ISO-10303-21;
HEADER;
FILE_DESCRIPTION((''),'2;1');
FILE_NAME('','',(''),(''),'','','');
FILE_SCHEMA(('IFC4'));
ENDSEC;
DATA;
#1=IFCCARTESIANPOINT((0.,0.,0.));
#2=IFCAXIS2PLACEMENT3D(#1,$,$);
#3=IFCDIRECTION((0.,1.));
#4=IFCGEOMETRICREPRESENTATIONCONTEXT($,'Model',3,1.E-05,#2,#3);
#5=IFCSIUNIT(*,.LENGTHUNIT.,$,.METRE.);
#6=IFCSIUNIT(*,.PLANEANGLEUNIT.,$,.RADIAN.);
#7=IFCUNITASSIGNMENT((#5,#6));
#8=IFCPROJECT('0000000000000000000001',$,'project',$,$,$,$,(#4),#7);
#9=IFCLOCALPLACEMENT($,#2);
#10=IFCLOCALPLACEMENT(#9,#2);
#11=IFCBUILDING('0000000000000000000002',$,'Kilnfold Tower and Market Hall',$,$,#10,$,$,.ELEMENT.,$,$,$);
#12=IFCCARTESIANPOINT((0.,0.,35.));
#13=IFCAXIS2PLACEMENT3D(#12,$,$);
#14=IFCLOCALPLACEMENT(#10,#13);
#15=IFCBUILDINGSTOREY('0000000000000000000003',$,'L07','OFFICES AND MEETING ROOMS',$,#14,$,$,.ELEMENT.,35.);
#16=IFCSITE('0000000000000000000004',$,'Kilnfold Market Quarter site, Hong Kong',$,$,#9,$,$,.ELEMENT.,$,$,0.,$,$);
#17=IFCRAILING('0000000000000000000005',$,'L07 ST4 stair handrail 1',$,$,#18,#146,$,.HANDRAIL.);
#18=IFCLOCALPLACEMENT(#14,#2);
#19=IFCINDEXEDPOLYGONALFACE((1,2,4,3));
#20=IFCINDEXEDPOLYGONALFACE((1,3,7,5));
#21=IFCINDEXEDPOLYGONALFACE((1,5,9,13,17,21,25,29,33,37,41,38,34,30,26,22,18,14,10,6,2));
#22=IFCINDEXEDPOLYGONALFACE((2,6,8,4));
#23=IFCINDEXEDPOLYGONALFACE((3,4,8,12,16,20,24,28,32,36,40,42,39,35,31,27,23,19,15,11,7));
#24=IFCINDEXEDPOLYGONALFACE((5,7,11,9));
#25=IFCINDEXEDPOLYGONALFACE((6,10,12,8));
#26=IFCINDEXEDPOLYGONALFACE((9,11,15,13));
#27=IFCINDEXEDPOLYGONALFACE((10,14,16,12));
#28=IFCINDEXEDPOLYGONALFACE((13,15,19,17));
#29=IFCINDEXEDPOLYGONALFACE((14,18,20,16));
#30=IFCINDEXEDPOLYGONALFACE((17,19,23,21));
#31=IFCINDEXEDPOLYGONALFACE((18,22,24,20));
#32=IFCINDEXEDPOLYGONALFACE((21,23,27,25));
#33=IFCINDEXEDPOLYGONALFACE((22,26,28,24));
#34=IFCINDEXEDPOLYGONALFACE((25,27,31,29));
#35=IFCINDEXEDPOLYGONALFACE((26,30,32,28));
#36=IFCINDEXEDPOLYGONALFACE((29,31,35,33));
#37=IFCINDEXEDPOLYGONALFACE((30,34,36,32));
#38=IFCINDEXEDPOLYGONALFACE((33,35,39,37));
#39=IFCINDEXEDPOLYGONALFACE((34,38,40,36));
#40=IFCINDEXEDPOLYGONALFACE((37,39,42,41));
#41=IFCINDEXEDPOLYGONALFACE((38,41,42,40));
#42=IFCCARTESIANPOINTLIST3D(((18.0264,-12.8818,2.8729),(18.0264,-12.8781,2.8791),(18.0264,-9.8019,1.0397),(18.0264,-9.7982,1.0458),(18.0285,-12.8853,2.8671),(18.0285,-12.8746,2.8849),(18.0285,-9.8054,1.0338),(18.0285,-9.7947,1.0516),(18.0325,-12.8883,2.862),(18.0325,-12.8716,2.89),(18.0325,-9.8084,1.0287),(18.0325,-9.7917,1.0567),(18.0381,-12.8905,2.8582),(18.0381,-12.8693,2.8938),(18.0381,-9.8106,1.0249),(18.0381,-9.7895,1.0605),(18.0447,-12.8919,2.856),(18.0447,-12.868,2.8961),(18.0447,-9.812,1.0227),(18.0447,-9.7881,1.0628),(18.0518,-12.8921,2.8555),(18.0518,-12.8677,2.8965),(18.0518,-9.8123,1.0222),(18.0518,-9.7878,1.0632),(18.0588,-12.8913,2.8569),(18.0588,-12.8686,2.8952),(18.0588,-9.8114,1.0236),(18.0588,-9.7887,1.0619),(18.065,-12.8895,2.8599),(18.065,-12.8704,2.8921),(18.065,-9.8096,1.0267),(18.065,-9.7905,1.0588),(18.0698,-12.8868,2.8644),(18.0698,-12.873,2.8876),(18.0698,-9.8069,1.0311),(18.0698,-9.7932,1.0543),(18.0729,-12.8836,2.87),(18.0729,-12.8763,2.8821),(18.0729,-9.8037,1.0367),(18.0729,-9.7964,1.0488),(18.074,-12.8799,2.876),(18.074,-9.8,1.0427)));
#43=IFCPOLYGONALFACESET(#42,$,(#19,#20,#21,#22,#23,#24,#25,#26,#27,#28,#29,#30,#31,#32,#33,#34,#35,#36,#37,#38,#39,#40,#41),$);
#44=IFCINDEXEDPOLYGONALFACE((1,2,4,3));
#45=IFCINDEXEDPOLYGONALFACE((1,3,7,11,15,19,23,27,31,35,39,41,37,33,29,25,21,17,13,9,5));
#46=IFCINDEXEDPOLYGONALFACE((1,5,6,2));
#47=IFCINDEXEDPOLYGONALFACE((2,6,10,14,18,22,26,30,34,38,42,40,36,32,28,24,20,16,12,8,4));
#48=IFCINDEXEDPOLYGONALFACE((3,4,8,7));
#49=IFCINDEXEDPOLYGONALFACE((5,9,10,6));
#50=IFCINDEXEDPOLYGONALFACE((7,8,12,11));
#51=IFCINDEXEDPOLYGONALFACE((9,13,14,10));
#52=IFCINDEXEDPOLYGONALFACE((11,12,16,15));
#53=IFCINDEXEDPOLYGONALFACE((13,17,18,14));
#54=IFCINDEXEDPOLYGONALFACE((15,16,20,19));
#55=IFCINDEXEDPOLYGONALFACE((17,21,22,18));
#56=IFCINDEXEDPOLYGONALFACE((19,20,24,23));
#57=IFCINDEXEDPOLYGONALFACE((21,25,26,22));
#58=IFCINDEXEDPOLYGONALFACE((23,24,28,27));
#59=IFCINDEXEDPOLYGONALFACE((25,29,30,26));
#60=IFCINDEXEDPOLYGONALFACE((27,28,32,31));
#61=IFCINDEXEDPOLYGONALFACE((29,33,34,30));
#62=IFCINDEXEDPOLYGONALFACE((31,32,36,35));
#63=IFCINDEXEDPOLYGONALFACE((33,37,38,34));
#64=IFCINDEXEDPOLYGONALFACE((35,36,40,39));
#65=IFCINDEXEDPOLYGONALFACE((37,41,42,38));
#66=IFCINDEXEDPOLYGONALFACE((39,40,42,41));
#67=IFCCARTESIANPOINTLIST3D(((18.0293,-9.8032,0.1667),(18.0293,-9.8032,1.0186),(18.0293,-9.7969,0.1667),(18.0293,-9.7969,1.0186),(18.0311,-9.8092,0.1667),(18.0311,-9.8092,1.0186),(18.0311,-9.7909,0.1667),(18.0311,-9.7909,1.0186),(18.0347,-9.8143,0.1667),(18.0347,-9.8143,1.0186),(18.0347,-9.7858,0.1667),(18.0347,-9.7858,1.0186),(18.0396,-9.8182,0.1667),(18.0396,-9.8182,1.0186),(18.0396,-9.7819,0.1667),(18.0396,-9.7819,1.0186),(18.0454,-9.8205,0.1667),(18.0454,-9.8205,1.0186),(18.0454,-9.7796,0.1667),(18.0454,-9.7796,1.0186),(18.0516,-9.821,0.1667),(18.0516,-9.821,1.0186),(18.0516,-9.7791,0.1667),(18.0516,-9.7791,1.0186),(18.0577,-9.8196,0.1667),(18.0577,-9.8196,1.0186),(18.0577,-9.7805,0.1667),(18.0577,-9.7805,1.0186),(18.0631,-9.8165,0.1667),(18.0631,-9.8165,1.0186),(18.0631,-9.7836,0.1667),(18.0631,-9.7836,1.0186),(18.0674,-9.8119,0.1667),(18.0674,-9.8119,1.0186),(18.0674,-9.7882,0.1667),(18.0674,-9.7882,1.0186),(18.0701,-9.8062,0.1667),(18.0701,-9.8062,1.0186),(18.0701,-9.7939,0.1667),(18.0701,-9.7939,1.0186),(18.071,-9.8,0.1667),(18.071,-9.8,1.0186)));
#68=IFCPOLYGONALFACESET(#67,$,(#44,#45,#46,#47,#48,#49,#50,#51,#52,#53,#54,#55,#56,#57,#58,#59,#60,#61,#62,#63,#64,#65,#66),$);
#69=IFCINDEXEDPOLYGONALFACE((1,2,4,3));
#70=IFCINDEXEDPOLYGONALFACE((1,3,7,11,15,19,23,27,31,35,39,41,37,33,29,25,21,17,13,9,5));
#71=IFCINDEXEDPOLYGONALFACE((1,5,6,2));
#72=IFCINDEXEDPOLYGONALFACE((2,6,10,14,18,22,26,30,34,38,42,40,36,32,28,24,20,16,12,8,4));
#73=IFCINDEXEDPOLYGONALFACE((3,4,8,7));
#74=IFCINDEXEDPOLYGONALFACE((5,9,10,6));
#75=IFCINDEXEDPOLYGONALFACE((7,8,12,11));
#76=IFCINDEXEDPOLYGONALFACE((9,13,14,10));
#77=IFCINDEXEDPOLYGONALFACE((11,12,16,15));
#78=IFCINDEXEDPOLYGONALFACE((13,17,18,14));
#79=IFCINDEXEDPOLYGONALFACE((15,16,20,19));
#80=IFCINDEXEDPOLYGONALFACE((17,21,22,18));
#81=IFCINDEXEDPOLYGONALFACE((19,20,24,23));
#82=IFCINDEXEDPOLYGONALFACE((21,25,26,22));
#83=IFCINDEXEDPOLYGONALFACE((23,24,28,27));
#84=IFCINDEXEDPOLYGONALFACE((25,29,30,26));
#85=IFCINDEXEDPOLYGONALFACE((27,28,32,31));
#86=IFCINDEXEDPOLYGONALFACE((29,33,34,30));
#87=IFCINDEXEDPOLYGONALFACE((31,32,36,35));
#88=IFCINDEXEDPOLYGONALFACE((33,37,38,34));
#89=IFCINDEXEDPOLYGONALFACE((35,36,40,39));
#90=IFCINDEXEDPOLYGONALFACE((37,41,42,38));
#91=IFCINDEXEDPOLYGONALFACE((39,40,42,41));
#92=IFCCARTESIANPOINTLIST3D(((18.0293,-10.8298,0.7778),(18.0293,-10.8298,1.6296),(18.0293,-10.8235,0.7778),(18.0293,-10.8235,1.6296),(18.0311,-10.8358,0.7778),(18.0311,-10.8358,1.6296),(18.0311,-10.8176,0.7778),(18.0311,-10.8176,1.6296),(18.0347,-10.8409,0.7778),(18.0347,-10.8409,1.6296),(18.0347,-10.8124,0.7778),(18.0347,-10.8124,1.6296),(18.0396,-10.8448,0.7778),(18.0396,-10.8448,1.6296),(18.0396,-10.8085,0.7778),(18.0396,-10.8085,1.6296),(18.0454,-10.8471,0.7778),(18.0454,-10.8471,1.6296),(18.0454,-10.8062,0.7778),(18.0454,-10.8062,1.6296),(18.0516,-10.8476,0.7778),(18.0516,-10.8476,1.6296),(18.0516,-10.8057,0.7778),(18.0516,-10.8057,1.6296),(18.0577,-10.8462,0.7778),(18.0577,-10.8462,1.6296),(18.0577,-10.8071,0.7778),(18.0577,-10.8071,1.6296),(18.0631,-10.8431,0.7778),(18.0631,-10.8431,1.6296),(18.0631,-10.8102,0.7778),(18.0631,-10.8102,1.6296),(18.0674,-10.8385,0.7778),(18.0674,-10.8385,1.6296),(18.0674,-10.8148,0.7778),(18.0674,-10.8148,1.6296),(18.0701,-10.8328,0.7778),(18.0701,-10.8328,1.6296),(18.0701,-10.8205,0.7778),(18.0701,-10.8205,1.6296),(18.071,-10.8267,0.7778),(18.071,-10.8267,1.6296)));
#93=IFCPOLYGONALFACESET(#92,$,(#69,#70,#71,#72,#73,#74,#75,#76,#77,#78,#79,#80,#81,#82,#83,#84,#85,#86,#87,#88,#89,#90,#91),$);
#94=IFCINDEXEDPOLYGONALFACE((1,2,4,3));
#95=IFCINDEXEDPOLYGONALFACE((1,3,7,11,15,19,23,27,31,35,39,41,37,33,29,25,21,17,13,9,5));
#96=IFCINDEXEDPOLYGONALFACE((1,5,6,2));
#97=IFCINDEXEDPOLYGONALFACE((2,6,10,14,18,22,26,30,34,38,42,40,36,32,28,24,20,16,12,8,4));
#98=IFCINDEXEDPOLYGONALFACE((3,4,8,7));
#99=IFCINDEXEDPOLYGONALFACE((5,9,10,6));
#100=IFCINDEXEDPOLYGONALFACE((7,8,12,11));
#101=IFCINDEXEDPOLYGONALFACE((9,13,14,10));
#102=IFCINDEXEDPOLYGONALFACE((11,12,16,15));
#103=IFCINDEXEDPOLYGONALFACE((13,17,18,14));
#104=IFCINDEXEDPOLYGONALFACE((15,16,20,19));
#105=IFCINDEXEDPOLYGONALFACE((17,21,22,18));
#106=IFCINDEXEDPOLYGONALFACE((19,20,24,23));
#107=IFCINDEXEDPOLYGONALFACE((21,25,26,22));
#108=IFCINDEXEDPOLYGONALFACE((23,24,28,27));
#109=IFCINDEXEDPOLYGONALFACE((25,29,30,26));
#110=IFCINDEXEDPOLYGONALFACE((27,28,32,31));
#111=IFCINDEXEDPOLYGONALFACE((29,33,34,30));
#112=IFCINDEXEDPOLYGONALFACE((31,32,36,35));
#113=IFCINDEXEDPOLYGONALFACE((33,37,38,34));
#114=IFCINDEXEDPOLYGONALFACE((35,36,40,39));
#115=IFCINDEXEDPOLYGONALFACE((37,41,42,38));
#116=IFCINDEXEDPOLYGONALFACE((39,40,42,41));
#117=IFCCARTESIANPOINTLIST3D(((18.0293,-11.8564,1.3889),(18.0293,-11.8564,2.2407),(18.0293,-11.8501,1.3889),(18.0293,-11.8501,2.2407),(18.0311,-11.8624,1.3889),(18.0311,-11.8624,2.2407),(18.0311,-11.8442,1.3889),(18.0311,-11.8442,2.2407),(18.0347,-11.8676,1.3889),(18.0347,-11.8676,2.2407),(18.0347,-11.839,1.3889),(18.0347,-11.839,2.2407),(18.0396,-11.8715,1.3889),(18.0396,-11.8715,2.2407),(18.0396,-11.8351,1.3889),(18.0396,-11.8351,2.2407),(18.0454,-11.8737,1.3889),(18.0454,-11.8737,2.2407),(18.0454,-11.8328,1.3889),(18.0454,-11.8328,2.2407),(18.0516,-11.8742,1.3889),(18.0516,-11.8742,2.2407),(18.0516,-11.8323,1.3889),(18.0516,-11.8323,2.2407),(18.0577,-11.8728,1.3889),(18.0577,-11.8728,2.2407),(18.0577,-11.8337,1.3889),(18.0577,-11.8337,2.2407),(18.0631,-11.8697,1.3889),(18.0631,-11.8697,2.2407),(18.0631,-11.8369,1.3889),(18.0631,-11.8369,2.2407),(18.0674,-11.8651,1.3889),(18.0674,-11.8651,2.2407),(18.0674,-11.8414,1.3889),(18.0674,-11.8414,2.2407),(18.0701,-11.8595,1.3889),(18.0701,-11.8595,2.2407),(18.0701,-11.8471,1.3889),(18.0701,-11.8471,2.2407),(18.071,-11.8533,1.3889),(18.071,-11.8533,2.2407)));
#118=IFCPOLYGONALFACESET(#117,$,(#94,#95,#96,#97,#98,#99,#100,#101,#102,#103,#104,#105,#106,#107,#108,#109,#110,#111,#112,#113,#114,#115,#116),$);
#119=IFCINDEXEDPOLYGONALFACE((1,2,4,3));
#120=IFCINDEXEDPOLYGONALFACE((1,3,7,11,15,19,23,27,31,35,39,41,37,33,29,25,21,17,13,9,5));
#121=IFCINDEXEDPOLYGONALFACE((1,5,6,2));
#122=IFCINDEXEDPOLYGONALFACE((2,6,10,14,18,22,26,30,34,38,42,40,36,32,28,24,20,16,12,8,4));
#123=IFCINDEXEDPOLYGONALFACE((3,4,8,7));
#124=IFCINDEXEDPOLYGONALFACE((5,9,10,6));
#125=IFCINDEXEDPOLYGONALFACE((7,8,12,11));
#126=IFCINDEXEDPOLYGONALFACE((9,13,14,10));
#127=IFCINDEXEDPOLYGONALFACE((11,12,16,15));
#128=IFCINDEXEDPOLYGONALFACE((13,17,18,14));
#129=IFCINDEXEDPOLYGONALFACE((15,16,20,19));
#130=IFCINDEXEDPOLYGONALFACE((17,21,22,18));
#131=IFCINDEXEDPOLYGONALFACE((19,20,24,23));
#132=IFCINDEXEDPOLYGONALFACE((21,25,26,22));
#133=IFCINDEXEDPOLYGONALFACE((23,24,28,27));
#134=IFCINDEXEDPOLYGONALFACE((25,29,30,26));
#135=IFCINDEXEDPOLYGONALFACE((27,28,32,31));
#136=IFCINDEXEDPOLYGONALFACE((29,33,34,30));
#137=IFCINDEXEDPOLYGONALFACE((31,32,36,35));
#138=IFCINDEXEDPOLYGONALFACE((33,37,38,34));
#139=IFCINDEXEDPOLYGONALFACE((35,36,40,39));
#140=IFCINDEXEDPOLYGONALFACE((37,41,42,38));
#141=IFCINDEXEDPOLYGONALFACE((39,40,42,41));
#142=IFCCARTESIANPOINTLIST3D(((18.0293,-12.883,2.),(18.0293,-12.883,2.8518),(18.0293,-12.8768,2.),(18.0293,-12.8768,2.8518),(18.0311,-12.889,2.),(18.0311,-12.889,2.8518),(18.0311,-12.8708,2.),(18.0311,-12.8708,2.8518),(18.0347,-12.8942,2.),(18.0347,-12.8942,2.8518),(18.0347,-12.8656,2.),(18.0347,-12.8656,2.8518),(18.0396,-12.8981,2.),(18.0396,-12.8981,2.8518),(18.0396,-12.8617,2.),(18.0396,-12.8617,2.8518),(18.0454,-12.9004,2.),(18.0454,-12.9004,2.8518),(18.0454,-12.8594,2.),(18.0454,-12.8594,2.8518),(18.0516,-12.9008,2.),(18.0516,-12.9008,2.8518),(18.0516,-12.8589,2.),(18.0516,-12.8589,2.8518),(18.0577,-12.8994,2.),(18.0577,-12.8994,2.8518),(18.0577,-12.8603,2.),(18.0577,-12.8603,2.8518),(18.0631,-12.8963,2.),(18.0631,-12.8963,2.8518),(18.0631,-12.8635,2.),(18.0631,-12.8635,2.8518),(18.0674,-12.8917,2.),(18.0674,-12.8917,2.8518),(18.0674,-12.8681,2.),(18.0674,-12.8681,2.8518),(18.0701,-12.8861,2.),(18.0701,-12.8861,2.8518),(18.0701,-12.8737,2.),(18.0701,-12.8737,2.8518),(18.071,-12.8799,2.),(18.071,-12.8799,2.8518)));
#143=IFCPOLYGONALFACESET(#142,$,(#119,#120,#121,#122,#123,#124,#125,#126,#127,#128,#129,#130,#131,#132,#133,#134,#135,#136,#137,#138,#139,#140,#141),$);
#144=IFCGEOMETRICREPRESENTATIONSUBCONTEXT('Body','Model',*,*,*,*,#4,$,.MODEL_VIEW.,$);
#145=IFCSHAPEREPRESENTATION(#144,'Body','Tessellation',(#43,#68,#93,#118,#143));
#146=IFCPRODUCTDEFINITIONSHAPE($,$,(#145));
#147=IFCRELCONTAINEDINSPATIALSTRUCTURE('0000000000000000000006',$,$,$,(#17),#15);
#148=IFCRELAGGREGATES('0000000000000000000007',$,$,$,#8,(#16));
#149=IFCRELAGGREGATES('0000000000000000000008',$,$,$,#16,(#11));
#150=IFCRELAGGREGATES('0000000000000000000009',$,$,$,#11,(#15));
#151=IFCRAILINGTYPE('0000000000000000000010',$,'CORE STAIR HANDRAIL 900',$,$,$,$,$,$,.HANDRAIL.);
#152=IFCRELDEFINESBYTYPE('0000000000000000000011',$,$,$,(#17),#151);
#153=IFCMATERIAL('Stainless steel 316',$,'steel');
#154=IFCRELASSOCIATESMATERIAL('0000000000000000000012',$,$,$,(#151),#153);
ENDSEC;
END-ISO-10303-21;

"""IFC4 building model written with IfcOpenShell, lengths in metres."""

from ifc_helpers import new_model, si_unit, direction, frame, origin, origin_2d, place, context, subcontext, project, spatial, circle, extrude, material, type_object, element, save


model = new_model("IFC4")

# Units and contexts
model_context = context("Model", 3, precision=1e-05, world=origin(), true_north=direction((0.0, 1.0)))
body_context = subcontext(model_context, "Body", "Model", "MODEL_VIEW")
ifc_project = project(units=[si_unit("LENGTHUNIT", "METRE"), si_unit("PLANEANGLEUNIT", "RADIAN")], contexts=[model_context])

# Site, building, storey
site_placement = place(None, origin())
site = spatial("IfcSite", under=ifc_project, at=site_placement, Name="Kilnfold Market Quarter site, Hong Kong", CompositionType="ELEMENT", RefElevation=0.0)
building_placement = place(site_placement, origin())
building = spatial("IfcBuilding", under=site, at=building_placement, Name="Kilnfold Tower and Market Hall", CompositionType="ELEMENT")
storey_placement = place(building_placement, frame((0.0, 0.0, 35.0)))
storey = spatial("IfcBuildingStorey", under=building, at=storey_placement, Name="L07", Description="OFFICES AND MEETING ROOMS", CompositionType="ELEMENT", Elevation=35.0)

# Railing
ifc_material_1 = material(Name="Stainless steel 316", Category="steel")
railing_type_1 = type_object("IfcRailingType", Name="CORE STAIR HANDRAIL 900", PredefinedType="HANDRAIL", material=ifc_material_1)
railing_1_placement = place(storey_placement, frame((18.05, -9.8, 0.1667)))
element("IfcRailing", 1, at=railing_1_placement, inside=storey, type_object=railing_type_1, Name="L07 ST4 stair handrail 1", PredefinedType="HANDRAIL", context=body_context, shape_type="SweptSolid", body=[
    extrude(circle(Radius=0.0239, at=origin_2d()), frame((0.0, 0.0, 0.876), z_axis=(0.0, -0.859291, 0.511487), x_axis=(1.0, 0.0, 0.0)), (0.0, 0.0, 1.0), 3.5842),
    extrude(circle(Radius=0.021, at=origin_2d()), origin(), (0.0, 0.0, 1.0), 0.8518),
    extrude(circle(Radius=0.021, at=origin_2d()), frame((0.0, -1.0266, 0.6111)), (0.0, 0.0, 1.0), 0.8518),
    extrude(circle(Radius=0.021, at=origin_2d()), frame((0.0, -2.0532, 1.2222)), (0.0, 0.0, 1.0), 0.8518),
    extrude(circle(Radius=0.021, at=origin_2d()), frame((0.0, -3.0798, 1.8333)), (0.0, 0.0, 1.0), 0.8518),
])

save(model, "model.ifc")
